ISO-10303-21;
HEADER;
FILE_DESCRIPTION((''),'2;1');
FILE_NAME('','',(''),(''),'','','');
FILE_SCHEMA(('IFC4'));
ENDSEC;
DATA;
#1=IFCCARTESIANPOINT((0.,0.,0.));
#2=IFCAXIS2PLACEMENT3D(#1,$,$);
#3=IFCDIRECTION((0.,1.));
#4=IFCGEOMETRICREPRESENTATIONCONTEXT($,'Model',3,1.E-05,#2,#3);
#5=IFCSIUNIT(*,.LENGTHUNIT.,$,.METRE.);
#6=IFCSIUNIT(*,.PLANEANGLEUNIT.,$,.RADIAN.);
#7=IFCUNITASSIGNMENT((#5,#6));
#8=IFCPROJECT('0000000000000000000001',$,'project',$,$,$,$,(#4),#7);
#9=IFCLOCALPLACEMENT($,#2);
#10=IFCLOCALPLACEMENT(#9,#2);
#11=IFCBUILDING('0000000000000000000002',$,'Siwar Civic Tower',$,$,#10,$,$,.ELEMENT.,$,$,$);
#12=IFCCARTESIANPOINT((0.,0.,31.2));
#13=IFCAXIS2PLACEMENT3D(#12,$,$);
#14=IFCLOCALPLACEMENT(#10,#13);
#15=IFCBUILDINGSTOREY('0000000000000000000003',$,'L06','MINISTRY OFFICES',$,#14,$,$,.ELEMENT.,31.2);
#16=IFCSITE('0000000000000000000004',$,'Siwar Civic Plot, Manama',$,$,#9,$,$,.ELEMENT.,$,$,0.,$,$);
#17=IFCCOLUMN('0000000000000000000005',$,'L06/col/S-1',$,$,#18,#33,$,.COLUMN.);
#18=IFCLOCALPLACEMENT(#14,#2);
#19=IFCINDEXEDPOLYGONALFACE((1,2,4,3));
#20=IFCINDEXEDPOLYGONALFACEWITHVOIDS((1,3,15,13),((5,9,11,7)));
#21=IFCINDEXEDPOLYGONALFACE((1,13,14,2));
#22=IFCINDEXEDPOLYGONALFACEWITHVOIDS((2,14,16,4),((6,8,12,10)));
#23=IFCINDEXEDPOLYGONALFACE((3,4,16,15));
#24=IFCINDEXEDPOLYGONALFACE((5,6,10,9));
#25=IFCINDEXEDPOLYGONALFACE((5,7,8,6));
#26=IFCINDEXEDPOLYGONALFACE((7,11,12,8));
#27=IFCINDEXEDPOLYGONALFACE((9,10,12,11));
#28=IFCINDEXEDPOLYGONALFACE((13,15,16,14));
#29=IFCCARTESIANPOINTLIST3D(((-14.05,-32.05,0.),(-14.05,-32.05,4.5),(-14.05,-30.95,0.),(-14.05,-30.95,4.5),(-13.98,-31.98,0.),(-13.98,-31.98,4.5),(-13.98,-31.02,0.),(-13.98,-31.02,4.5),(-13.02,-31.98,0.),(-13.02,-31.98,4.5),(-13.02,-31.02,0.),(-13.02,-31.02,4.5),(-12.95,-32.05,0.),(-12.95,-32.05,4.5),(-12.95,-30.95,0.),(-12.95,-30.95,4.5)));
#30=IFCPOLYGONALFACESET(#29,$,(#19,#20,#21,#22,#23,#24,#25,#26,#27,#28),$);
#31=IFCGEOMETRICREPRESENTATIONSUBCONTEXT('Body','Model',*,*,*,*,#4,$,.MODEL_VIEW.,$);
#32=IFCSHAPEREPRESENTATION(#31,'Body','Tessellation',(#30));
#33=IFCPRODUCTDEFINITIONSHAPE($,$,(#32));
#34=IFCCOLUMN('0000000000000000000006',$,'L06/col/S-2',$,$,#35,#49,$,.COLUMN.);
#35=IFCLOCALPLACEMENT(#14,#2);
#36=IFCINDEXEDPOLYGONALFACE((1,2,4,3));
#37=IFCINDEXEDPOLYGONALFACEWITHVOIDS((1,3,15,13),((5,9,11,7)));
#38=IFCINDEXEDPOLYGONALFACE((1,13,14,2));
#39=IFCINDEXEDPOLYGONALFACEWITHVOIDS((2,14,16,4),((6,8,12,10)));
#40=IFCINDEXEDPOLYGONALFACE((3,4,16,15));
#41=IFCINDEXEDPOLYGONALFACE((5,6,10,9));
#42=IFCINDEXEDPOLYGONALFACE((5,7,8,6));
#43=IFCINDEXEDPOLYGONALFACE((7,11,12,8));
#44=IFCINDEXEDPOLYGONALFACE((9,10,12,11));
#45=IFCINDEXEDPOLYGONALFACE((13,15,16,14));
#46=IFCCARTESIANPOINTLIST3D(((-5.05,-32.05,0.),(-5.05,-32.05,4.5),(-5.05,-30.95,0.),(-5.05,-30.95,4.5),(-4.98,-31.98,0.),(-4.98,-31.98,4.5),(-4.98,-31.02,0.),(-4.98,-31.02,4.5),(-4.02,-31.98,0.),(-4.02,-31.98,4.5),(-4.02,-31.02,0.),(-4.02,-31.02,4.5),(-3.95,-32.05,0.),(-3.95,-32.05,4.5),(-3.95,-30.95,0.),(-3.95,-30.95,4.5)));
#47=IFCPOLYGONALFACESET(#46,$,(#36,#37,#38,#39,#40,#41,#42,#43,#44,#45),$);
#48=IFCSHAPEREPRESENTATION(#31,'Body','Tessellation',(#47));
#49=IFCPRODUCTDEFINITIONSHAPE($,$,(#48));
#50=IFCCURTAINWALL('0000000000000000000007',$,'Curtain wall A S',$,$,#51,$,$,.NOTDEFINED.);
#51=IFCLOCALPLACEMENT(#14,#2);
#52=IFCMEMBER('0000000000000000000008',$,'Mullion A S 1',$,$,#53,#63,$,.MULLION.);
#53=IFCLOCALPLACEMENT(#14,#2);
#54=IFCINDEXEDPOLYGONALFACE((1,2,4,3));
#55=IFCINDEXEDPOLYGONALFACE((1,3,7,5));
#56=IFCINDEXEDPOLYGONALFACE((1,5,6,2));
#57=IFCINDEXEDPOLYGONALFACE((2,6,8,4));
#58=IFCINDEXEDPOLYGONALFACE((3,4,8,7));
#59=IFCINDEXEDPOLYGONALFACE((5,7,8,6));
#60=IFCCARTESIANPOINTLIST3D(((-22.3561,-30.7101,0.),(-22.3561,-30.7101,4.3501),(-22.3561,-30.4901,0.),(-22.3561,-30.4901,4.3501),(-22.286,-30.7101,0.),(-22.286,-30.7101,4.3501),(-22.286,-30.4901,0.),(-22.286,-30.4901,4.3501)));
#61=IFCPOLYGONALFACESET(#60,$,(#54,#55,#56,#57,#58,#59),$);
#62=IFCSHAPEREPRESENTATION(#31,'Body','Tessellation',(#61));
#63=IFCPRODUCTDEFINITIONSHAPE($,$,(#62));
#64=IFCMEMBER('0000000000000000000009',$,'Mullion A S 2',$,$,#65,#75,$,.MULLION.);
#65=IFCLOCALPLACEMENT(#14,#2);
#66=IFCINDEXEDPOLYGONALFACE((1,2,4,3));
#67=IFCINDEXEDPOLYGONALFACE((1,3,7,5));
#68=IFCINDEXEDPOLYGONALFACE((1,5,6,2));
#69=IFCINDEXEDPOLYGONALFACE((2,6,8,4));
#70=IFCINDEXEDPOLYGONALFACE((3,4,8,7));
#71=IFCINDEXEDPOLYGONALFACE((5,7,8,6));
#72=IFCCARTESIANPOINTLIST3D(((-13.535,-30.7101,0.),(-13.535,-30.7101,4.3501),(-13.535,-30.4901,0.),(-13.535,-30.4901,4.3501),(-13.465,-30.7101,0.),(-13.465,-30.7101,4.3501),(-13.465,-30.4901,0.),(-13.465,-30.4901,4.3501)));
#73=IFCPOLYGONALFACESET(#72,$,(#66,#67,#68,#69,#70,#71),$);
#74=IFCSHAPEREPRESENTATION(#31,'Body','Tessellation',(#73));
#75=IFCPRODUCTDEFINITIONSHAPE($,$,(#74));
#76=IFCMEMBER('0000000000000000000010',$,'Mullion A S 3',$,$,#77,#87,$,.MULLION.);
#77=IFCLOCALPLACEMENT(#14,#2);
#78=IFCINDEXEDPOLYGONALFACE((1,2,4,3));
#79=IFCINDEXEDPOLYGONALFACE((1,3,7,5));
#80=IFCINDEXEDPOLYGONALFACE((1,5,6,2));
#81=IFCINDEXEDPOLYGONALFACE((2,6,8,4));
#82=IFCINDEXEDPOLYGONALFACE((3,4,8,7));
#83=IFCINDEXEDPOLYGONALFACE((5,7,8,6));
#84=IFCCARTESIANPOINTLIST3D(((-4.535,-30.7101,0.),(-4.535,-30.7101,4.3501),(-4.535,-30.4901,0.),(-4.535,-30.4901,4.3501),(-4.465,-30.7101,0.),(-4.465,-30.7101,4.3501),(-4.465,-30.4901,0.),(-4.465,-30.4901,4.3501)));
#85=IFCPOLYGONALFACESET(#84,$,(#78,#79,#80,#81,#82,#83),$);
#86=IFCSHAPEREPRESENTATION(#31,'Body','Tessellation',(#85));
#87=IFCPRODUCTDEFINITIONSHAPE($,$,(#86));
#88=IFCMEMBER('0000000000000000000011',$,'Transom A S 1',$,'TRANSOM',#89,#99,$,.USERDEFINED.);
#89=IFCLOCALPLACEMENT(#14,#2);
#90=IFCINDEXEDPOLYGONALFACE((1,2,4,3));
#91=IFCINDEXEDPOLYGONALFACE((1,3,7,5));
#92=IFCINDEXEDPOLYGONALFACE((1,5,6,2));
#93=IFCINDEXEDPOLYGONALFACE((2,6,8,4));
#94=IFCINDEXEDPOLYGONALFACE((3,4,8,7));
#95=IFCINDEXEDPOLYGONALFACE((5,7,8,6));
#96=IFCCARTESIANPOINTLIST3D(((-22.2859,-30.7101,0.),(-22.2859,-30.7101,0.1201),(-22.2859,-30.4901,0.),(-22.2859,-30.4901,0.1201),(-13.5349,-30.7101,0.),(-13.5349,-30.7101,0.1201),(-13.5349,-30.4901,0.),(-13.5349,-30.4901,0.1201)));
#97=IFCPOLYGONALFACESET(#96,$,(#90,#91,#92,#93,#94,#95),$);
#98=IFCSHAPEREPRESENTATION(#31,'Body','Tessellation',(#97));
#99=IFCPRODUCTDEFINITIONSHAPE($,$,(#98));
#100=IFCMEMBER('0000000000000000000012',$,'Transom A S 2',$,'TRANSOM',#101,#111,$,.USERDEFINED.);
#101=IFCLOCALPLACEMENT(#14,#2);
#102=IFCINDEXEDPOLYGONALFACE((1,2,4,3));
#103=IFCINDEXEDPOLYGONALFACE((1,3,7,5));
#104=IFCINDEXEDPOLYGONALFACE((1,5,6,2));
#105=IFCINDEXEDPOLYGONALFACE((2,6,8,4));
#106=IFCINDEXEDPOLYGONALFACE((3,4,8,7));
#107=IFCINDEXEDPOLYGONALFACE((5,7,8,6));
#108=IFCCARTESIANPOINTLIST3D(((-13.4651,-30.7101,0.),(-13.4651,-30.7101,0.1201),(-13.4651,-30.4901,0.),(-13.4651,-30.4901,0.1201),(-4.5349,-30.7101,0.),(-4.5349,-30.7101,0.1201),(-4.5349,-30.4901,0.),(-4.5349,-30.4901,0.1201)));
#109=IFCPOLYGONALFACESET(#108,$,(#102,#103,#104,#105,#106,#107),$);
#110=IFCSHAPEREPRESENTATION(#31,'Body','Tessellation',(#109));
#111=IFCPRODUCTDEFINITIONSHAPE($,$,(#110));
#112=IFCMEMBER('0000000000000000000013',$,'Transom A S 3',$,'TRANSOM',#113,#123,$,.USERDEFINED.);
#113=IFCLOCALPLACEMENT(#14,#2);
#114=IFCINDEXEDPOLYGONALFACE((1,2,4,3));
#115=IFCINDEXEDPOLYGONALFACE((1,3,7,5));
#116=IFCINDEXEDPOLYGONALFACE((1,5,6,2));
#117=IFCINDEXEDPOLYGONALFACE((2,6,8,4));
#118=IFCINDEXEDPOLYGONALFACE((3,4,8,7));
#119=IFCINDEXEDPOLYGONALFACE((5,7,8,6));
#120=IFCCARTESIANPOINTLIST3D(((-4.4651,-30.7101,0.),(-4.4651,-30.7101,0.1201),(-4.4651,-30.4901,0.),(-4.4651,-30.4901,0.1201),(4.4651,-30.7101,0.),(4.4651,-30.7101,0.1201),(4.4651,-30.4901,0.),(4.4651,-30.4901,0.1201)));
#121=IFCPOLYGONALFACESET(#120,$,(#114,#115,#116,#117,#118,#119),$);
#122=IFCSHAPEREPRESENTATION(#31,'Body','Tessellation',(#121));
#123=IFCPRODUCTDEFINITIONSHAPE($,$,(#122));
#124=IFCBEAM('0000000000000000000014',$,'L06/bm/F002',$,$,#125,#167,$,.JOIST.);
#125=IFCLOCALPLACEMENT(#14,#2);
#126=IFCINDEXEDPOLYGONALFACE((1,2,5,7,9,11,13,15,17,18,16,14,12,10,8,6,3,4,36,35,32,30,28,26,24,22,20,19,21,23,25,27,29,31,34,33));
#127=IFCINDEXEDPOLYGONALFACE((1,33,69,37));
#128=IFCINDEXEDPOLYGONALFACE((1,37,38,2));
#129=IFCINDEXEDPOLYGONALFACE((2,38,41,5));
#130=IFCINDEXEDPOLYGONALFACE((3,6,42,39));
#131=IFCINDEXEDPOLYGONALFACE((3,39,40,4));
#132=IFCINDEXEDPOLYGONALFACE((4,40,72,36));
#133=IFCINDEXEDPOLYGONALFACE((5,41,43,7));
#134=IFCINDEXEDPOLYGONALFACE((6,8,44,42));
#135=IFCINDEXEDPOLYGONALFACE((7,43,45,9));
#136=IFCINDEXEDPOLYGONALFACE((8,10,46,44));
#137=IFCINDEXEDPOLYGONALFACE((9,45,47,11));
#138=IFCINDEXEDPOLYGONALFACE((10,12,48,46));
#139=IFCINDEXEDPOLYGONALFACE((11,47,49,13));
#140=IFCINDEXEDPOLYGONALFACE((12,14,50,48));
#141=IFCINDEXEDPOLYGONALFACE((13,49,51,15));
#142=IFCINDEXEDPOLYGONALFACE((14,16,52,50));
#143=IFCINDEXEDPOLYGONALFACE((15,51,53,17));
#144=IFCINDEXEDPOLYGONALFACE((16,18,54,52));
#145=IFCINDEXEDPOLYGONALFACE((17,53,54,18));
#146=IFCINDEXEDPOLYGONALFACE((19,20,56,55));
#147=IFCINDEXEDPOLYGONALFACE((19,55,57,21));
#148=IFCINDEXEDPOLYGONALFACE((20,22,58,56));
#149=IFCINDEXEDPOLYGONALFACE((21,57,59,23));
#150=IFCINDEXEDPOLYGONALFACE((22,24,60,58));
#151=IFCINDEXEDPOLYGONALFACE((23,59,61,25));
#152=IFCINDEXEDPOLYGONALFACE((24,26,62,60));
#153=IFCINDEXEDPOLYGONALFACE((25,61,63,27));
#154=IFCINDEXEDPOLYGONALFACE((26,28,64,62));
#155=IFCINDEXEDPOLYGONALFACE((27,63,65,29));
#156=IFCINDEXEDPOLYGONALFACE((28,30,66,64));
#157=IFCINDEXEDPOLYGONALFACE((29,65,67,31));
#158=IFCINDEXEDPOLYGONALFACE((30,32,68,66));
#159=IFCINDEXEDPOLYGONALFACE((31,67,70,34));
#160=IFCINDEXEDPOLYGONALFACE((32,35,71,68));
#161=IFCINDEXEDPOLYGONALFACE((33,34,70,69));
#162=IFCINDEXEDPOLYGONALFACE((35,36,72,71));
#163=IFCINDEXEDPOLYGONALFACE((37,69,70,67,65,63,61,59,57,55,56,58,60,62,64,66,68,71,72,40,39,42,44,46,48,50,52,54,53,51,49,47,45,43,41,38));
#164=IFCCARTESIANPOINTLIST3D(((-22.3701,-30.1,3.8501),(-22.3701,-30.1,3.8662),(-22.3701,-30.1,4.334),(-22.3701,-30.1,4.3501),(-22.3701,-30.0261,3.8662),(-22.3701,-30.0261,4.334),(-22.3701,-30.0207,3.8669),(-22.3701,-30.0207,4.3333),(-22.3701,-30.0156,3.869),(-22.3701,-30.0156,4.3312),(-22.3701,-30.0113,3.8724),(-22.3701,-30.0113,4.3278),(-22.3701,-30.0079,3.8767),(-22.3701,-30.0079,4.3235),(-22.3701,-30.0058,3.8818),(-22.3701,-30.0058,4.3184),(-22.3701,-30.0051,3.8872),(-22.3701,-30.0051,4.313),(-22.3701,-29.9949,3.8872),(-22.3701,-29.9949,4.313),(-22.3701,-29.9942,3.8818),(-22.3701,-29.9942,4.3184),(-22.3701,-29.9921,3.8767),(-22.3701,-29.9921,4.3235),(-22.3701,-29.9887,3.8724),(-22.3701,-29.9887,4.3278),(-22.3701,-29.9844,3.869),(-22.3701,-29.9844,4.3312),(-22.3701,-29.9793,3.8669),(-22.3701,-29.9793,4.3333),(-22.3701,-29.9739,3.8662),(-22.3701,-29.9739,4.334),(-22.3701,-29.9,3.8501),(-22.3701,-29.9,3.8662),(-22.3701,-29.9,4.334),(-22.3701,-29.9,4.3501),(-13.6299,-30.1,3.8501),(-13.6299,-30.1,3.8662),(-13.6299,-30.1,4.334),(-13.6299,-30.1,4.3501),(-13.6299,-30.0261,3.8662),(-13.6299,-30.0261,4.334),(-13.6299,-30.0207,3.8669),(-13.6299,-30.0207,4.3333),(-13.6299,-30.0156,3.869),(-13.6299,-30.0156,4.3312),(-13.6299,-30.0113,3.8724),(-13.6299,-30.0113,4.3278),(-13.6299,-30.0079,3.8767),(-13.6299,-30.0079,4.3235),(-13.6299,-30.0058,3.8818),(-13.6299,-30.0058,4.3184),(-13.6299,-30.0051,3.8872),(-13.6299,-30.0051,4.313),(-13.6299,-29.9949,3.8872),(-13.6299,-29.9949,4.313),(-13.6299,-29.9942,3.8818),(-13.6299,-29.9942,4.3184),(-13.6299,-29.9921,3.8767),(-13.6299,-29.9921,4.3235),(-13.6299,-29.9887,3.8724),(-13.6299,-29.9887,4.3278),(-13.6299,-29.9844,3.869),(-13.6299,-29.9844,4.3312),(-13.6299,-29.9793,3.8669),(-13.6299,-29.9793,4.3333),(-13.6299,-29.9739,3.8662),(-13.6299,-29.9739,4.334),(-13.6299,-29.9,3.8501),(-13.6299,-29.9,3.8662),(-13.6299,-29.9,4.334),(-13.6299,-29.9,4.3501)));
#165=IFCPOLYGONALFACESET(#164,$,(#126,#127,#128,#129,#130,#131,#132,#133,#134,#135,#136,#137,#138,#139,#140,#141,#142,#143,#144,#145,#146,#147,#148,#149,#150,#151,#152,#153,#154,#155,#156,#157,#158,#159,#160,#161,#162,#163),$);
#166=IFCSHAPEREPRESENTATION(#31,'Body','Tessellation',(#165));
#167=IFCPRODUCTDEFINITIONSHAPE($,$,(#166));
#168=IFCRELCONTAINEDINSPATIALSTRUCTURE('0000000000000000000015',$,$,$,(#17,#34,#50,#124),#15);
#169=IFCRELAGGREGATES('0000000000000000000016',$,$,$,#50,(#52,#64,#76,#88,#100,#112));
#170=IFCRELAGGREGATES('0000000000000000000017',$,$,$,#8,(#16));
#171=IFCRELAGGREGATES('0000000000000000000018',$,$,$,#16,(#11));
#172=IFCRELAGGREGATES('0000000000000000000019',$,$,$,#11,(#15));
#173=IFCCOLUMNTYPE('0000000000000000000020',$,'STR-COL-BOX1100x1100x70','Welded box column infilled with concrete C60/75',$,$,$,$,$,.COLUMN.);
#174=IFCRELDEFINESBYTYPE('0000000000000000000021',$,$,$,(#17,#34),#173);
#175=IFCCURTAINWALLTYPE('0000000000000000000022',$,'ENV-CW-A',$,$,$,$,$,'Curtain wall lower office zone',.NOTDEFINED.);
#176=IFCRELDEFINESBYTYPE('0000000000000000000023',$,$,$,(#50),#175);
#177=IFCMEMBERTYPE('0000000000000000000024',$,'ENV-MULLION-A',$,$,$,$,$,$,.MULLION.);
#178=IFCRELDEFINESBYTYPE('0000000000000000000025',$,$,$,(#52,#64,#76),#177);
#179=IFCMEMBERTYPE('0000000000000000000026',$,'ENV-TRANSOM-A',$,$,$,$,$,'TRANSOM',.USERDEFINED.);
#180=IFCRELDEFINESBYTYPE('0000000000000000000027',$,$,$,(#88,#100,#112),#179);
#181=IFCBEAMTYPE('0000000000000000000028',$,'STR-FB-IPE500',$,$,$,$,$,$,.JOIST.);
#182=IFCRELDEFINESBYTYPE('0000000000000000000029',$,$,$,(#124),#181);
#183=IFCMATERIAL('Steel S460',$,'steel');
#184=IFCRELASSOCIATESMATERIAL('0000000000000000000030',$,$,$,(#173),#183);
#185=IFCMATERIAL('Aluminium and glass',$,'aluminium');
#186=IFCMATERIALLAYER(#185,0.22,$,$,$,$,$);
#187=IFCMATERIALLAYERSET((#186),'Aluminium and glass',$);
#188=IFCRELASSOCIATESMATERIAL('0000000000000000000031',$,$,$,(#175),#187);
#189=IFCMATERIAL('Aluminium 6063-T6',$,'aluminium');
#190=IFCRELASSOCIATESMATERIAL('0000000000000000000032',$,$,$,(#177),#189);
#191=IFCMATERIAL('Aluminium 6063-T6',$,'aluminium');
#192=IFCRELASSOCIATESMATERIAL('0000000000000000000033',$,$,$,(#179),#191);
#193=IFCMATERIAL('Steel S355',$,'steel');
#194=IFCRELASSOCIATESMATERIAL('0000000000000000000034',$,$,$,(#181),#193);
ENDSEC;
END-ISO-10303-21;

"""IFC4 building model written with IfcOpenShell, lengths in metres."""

from ifc_helpers import new_model, si_unit, direction, frame, origin, origin_2d, place, context, subcontext, project, spatial, rectangle, hollow_rectangle, i_section, extrude, material, layer, layer_set, material_profile, profile_set, type_object, element, aggregate, save


model = new_model("IFC4")

# Units and contexts
model_context = context("Model", 3, precision=1e-05, world=origin(), true_north=direction((0.0, 1.0)))
body_context = subcontext(model_context, "Body", "Model", "MODEL_VIEW")
ifc_project = project(units=[si_unit("LENGTHUNIT", "METRE"), si_unit("PLANEANGLEUNIT", "RADIAN")], contexts=[model_context])

# Site, building, storey
site_placement = place(None, origin())
site = spatial("IfcSite", under=ifc_project, at=site_placement, Name="Siwar Civic Plot, Manama", CompositionType="ELEMENT", RefElevation=0.0)
building_placement = place(site_placement, origin())
building = spatial("IfcBuilding", under=site, at=building_placement, Name="Siwar Civic Tower", CompositionType="ELEMENT")
storey_placement = place(building_placement, frame((0.0, 0.0, 31.2)))
storey = spatial("IfcBuildingStorey", under=building, at=storey_placement, Name="L06", Description="MINISTRY OFFICES", CompositionType="ELEMENT", Elevation=31.2)

# Columns
ifc_material_1 = material(Name="Steel S460", Category="steel")
ifc_material_profile_1 = material_profile(ifc_material_1, hollow_rectangle(XDim=1.1001, YDim=1.1001, WallThickness=0.0701, at=origin_2d()), Name="BOX1100x1100x70")
ifc_profile_set_1 = profile_set([ifc_material_profile_1], Name="Steel S460")
column_type = type_object("IfcColumnType", Name="STR-COL-BOX1100x1100x70", Description="Welded box column infilled with concrete C60/75", PredefinedType="COLUMN", material=ifc_profile_set_1)
for number, where, z_axis, x_axis, name in (
    (1, (-13.5, -31.5, 0.0), (0.0, 0.0, 1.0), (1.0, 0.0, 0.0), "L06/col/S-1"),
    (2, (-4.5, -31.5, 0.0), (0.0, 0.0, 1.0), (1.0, 0.0, 0.0), "L06/col/S-2"),
):
    element("IfcColumn", number, at=place(storey_placement, frame(where, z_axis=z_axis, x_axis=x_axis)), inside=storey, type_object=column_type, Name=name, PredefinedType="COLUMN", context=body_context, shape_type="SweptSolid", body=[
        extrude(hollow_rectangle(XDim=1.1001, YDim=1.1001, WallThickness=0.0701, at=origin_2d()), origin(), (0.0, 0.0, 1.0), 4.5),
    ])

# Curtain wall, members
ifc_material_2 = material(Name="Aluminium and glass", Category="aluminium")
ifc_layer_1 = layer(ifc_material_2, 0.22)
ifc_layer_set_1 = layer_set([ifc_layer_1], Name="Aluminium and glass")
curtain_wall_type = type_object("IfcCurtainWallType", Name="ENV-CW-A", ElementType="Curtain wall lower office zone", PredefinedType="NOTDEFINED", material=ifc_layer_set_1)
curtain_wall_placement = place(storey_placement, origin())
curtain_wall = element("IfcCurtainWall", 3, at=curtain_wall_placement, inside=storey, type_object=curtain_wall_type, Name="Curtain wall A S", PredefinedType="NOTDEFINED")
ifc_material_3 = material(Name="Aluminium 6063-T6", Category="aluminium")
ifc_material_profile_2 = material_profile(ifc_material_3, rectangle(XDim=0.22, YDim=0.0701, at=origin_2d()), Name="AL 220x70")
ifc_profile_set_2 = profile_set([ifc_material_profile_2], Name="Aluminium 6063-T6")
member_type_1 = type_object("IfcMemberType", Name="ENV-MULLION-A", PredefinedType="MULLION", material=ifc_profile_set_2)
member_1_placement = place(storey_placement, frame((-22.321, -30.6001, 0.0), z_axis=(0.0, 0.0, 1.0), x_axis=(0.0, 1.0, 0.0)))
member_1 = element("IfcMember", 4, at=member_1_placement, type_object=member_type_1, Name="Mullion A S 1", PredefinedType="MULLION", context=body_context, shape_type="SweptSolid", body=[
    extrude(rectangle(XDim=0.22, YDim=0.0701, at=origin_2d()), origin(), (0.0, 0.0, 1.0), 4.3501),
])
member_2_placement = place(storey_placement, frame((-13.5, -30.6001, 0.0), z_axis=(0.0, 0.0, 1.0), x_axis=(0.0, 1.0, 0.0)))
member_2 = element("IfcMember", 5, at=member_2_placement, type_object=member_type_1, Name="Mullion A S 2", PredefinedType="MULLION", context=body_context, shape_type="SweptSolid", body=[
    extrude(rectangle(XDim=0.22, YDim=0.0701, at=origin_2d()), origin(), (0.0, 0.0, 1.0), 4.3501),
])
member_3_placement = place(storey_placement, frame((-4.5, -30.6001, 0.0), z_axis=(0.0, 0.0, 1.0), x_axis=(0.0, 1.0, 0.0)))
member_3 = element("IfcMember", 6, at=member_3_placement, type_object=member_type_1, Name="Mullion A S 3", PredefinedType="MULLION", context=body_context, shape_type="SweptSolid", body=[
    extrude(rectangle(XDim=0.22, YDim=0.0701, at=origin_2d()), origin(), (0.0, 0.0, 1.0), 4.3501),
])
ifc_material_4 = material(Name="Aluminium 6063-T6", Category="aluminium")
ifc_material_profile_3 = material_profile(ifc_material_4, rectangle(XDim=0.22, YDim=0.1201, at=origin_2d()), Name="AL 220x120")
ifc_profile_set_3 = profile_set([ifc_material_profile_3], Name="Aluminium 6063-T6")
member_type_2 = type_object("IfcMemberType", Name="ENV-TRANSOM-A", ElementType="TRANSOM", PredefinedType="USERDEFINED", material=ifc_profile_set_3)
member_4_placement = place(storey_placement, frame((-22.2859, -30.6001, 0.0601), z_axis=(1.0, 0.0, 0.0), x_axis=(0.0, 1.0, 0.0)))
member_4 = element("IfcMember", 7, at=member_4_placement, type_object=member_type_2, Name="Transom A S 1", ObjectType="TRANSOM", PredefinedType="USERDEFINED", context=body_context, shape_type="SweptSolid", body=[
    extrude(rectangle(XDim=0.22, YDim=0.1201, at=origin_2d()), origin(), (0.0, 0.0, 1.0), 8.751),
])
member_5_placement = place(storey_placement, frame((-13.4651, -30.6001, 0.0601), z_axis=(1.0, 0.0, 0.0), x_axis=(0.0, 1.0, 0.0)))
member_5 = element("IfcMember", 8, at=member_5_placement, type_object=member_type_2, Name="Transom A S 2", ObjectType="TRANSOM", PredefinedType="USERDEFINED", context=body_context, shape_type="SweptSolid", body=[
    extrude(rectangle(XDim=0.22, YDim=0.1201, at=origin_2d()), origin(), (0.0, 0.0, 1.0), 8.9302),
])
member_6_placement = place(storey_placement, frame((-4.4651, -30.6001, 0.0601), z_axis=(1.0, 0.0, 0.0), x_axis=(0.0, 1.0, 0.0)))
member_6 = element("IfcMember", 9, at=member_6_placement, type_object=member_type_2, Name="Transom A S 3", ObjectType="TRANSOM", PredefinedType="USERDEFINED", context=body_context, shape_type="SweptSolid", body=[
    extrude(rectangle(XDim=0.22, YDim=0.1201, at=origin_2d()), origin(), (0.0, 0.0, 1.0), 8.9302),
])

# Beam
ifc_material_5 = material(Name="Steel S355", Category="steel")
ifc_material_profile_4 = material_profile(ifc_material_5, i_section(OverallWidth=0.2, OverallDepth=0.5, WebThickness=0.0103, FlangeThickness=0.0161, FilletRadius=0.021, at=origin_2d()), Name="IPE500")
ifc_profile_set_4 = profile_set([ifc_material_profile_4], Name="Steel S355")
beam_type_1 = type_object("IfcBeamType", Name="STR-FB-IPE500", PredefinedType="JOIST", material=ifc_profile_set_4)
for number, where, z_axis, x_axis, name in (
    (10, (-22.3701, -30.0, 4.1001), (1.0, 0.0, 0.0), (0.0, 1.0, 0.0), "L06/bm/F002"),
):
    element("IfcBeam", number, at=place(storey_placement, frame(where, z_axis=z_axis, x_axis=x_axis)), inside=storey, type_object=beam_type_1, Name=name, PredefinedType="JOIST", context=body_context, shape_type="SweptSolid", body=[
        extrude(i_section(OverallWidth=0.2, OverallDepth=0.5, WebThickness=0.0103, FlangeThickness=0.0161, FilletRadius=0.021, at=origin_2d()), origin(), (0.0, 0.0, 1.0), 8.7402),
    ])

aggregate(curtain_wall, [member_1, member_2, member_3, member_4, member_5, member_6])

save(model, "model.ifc")
